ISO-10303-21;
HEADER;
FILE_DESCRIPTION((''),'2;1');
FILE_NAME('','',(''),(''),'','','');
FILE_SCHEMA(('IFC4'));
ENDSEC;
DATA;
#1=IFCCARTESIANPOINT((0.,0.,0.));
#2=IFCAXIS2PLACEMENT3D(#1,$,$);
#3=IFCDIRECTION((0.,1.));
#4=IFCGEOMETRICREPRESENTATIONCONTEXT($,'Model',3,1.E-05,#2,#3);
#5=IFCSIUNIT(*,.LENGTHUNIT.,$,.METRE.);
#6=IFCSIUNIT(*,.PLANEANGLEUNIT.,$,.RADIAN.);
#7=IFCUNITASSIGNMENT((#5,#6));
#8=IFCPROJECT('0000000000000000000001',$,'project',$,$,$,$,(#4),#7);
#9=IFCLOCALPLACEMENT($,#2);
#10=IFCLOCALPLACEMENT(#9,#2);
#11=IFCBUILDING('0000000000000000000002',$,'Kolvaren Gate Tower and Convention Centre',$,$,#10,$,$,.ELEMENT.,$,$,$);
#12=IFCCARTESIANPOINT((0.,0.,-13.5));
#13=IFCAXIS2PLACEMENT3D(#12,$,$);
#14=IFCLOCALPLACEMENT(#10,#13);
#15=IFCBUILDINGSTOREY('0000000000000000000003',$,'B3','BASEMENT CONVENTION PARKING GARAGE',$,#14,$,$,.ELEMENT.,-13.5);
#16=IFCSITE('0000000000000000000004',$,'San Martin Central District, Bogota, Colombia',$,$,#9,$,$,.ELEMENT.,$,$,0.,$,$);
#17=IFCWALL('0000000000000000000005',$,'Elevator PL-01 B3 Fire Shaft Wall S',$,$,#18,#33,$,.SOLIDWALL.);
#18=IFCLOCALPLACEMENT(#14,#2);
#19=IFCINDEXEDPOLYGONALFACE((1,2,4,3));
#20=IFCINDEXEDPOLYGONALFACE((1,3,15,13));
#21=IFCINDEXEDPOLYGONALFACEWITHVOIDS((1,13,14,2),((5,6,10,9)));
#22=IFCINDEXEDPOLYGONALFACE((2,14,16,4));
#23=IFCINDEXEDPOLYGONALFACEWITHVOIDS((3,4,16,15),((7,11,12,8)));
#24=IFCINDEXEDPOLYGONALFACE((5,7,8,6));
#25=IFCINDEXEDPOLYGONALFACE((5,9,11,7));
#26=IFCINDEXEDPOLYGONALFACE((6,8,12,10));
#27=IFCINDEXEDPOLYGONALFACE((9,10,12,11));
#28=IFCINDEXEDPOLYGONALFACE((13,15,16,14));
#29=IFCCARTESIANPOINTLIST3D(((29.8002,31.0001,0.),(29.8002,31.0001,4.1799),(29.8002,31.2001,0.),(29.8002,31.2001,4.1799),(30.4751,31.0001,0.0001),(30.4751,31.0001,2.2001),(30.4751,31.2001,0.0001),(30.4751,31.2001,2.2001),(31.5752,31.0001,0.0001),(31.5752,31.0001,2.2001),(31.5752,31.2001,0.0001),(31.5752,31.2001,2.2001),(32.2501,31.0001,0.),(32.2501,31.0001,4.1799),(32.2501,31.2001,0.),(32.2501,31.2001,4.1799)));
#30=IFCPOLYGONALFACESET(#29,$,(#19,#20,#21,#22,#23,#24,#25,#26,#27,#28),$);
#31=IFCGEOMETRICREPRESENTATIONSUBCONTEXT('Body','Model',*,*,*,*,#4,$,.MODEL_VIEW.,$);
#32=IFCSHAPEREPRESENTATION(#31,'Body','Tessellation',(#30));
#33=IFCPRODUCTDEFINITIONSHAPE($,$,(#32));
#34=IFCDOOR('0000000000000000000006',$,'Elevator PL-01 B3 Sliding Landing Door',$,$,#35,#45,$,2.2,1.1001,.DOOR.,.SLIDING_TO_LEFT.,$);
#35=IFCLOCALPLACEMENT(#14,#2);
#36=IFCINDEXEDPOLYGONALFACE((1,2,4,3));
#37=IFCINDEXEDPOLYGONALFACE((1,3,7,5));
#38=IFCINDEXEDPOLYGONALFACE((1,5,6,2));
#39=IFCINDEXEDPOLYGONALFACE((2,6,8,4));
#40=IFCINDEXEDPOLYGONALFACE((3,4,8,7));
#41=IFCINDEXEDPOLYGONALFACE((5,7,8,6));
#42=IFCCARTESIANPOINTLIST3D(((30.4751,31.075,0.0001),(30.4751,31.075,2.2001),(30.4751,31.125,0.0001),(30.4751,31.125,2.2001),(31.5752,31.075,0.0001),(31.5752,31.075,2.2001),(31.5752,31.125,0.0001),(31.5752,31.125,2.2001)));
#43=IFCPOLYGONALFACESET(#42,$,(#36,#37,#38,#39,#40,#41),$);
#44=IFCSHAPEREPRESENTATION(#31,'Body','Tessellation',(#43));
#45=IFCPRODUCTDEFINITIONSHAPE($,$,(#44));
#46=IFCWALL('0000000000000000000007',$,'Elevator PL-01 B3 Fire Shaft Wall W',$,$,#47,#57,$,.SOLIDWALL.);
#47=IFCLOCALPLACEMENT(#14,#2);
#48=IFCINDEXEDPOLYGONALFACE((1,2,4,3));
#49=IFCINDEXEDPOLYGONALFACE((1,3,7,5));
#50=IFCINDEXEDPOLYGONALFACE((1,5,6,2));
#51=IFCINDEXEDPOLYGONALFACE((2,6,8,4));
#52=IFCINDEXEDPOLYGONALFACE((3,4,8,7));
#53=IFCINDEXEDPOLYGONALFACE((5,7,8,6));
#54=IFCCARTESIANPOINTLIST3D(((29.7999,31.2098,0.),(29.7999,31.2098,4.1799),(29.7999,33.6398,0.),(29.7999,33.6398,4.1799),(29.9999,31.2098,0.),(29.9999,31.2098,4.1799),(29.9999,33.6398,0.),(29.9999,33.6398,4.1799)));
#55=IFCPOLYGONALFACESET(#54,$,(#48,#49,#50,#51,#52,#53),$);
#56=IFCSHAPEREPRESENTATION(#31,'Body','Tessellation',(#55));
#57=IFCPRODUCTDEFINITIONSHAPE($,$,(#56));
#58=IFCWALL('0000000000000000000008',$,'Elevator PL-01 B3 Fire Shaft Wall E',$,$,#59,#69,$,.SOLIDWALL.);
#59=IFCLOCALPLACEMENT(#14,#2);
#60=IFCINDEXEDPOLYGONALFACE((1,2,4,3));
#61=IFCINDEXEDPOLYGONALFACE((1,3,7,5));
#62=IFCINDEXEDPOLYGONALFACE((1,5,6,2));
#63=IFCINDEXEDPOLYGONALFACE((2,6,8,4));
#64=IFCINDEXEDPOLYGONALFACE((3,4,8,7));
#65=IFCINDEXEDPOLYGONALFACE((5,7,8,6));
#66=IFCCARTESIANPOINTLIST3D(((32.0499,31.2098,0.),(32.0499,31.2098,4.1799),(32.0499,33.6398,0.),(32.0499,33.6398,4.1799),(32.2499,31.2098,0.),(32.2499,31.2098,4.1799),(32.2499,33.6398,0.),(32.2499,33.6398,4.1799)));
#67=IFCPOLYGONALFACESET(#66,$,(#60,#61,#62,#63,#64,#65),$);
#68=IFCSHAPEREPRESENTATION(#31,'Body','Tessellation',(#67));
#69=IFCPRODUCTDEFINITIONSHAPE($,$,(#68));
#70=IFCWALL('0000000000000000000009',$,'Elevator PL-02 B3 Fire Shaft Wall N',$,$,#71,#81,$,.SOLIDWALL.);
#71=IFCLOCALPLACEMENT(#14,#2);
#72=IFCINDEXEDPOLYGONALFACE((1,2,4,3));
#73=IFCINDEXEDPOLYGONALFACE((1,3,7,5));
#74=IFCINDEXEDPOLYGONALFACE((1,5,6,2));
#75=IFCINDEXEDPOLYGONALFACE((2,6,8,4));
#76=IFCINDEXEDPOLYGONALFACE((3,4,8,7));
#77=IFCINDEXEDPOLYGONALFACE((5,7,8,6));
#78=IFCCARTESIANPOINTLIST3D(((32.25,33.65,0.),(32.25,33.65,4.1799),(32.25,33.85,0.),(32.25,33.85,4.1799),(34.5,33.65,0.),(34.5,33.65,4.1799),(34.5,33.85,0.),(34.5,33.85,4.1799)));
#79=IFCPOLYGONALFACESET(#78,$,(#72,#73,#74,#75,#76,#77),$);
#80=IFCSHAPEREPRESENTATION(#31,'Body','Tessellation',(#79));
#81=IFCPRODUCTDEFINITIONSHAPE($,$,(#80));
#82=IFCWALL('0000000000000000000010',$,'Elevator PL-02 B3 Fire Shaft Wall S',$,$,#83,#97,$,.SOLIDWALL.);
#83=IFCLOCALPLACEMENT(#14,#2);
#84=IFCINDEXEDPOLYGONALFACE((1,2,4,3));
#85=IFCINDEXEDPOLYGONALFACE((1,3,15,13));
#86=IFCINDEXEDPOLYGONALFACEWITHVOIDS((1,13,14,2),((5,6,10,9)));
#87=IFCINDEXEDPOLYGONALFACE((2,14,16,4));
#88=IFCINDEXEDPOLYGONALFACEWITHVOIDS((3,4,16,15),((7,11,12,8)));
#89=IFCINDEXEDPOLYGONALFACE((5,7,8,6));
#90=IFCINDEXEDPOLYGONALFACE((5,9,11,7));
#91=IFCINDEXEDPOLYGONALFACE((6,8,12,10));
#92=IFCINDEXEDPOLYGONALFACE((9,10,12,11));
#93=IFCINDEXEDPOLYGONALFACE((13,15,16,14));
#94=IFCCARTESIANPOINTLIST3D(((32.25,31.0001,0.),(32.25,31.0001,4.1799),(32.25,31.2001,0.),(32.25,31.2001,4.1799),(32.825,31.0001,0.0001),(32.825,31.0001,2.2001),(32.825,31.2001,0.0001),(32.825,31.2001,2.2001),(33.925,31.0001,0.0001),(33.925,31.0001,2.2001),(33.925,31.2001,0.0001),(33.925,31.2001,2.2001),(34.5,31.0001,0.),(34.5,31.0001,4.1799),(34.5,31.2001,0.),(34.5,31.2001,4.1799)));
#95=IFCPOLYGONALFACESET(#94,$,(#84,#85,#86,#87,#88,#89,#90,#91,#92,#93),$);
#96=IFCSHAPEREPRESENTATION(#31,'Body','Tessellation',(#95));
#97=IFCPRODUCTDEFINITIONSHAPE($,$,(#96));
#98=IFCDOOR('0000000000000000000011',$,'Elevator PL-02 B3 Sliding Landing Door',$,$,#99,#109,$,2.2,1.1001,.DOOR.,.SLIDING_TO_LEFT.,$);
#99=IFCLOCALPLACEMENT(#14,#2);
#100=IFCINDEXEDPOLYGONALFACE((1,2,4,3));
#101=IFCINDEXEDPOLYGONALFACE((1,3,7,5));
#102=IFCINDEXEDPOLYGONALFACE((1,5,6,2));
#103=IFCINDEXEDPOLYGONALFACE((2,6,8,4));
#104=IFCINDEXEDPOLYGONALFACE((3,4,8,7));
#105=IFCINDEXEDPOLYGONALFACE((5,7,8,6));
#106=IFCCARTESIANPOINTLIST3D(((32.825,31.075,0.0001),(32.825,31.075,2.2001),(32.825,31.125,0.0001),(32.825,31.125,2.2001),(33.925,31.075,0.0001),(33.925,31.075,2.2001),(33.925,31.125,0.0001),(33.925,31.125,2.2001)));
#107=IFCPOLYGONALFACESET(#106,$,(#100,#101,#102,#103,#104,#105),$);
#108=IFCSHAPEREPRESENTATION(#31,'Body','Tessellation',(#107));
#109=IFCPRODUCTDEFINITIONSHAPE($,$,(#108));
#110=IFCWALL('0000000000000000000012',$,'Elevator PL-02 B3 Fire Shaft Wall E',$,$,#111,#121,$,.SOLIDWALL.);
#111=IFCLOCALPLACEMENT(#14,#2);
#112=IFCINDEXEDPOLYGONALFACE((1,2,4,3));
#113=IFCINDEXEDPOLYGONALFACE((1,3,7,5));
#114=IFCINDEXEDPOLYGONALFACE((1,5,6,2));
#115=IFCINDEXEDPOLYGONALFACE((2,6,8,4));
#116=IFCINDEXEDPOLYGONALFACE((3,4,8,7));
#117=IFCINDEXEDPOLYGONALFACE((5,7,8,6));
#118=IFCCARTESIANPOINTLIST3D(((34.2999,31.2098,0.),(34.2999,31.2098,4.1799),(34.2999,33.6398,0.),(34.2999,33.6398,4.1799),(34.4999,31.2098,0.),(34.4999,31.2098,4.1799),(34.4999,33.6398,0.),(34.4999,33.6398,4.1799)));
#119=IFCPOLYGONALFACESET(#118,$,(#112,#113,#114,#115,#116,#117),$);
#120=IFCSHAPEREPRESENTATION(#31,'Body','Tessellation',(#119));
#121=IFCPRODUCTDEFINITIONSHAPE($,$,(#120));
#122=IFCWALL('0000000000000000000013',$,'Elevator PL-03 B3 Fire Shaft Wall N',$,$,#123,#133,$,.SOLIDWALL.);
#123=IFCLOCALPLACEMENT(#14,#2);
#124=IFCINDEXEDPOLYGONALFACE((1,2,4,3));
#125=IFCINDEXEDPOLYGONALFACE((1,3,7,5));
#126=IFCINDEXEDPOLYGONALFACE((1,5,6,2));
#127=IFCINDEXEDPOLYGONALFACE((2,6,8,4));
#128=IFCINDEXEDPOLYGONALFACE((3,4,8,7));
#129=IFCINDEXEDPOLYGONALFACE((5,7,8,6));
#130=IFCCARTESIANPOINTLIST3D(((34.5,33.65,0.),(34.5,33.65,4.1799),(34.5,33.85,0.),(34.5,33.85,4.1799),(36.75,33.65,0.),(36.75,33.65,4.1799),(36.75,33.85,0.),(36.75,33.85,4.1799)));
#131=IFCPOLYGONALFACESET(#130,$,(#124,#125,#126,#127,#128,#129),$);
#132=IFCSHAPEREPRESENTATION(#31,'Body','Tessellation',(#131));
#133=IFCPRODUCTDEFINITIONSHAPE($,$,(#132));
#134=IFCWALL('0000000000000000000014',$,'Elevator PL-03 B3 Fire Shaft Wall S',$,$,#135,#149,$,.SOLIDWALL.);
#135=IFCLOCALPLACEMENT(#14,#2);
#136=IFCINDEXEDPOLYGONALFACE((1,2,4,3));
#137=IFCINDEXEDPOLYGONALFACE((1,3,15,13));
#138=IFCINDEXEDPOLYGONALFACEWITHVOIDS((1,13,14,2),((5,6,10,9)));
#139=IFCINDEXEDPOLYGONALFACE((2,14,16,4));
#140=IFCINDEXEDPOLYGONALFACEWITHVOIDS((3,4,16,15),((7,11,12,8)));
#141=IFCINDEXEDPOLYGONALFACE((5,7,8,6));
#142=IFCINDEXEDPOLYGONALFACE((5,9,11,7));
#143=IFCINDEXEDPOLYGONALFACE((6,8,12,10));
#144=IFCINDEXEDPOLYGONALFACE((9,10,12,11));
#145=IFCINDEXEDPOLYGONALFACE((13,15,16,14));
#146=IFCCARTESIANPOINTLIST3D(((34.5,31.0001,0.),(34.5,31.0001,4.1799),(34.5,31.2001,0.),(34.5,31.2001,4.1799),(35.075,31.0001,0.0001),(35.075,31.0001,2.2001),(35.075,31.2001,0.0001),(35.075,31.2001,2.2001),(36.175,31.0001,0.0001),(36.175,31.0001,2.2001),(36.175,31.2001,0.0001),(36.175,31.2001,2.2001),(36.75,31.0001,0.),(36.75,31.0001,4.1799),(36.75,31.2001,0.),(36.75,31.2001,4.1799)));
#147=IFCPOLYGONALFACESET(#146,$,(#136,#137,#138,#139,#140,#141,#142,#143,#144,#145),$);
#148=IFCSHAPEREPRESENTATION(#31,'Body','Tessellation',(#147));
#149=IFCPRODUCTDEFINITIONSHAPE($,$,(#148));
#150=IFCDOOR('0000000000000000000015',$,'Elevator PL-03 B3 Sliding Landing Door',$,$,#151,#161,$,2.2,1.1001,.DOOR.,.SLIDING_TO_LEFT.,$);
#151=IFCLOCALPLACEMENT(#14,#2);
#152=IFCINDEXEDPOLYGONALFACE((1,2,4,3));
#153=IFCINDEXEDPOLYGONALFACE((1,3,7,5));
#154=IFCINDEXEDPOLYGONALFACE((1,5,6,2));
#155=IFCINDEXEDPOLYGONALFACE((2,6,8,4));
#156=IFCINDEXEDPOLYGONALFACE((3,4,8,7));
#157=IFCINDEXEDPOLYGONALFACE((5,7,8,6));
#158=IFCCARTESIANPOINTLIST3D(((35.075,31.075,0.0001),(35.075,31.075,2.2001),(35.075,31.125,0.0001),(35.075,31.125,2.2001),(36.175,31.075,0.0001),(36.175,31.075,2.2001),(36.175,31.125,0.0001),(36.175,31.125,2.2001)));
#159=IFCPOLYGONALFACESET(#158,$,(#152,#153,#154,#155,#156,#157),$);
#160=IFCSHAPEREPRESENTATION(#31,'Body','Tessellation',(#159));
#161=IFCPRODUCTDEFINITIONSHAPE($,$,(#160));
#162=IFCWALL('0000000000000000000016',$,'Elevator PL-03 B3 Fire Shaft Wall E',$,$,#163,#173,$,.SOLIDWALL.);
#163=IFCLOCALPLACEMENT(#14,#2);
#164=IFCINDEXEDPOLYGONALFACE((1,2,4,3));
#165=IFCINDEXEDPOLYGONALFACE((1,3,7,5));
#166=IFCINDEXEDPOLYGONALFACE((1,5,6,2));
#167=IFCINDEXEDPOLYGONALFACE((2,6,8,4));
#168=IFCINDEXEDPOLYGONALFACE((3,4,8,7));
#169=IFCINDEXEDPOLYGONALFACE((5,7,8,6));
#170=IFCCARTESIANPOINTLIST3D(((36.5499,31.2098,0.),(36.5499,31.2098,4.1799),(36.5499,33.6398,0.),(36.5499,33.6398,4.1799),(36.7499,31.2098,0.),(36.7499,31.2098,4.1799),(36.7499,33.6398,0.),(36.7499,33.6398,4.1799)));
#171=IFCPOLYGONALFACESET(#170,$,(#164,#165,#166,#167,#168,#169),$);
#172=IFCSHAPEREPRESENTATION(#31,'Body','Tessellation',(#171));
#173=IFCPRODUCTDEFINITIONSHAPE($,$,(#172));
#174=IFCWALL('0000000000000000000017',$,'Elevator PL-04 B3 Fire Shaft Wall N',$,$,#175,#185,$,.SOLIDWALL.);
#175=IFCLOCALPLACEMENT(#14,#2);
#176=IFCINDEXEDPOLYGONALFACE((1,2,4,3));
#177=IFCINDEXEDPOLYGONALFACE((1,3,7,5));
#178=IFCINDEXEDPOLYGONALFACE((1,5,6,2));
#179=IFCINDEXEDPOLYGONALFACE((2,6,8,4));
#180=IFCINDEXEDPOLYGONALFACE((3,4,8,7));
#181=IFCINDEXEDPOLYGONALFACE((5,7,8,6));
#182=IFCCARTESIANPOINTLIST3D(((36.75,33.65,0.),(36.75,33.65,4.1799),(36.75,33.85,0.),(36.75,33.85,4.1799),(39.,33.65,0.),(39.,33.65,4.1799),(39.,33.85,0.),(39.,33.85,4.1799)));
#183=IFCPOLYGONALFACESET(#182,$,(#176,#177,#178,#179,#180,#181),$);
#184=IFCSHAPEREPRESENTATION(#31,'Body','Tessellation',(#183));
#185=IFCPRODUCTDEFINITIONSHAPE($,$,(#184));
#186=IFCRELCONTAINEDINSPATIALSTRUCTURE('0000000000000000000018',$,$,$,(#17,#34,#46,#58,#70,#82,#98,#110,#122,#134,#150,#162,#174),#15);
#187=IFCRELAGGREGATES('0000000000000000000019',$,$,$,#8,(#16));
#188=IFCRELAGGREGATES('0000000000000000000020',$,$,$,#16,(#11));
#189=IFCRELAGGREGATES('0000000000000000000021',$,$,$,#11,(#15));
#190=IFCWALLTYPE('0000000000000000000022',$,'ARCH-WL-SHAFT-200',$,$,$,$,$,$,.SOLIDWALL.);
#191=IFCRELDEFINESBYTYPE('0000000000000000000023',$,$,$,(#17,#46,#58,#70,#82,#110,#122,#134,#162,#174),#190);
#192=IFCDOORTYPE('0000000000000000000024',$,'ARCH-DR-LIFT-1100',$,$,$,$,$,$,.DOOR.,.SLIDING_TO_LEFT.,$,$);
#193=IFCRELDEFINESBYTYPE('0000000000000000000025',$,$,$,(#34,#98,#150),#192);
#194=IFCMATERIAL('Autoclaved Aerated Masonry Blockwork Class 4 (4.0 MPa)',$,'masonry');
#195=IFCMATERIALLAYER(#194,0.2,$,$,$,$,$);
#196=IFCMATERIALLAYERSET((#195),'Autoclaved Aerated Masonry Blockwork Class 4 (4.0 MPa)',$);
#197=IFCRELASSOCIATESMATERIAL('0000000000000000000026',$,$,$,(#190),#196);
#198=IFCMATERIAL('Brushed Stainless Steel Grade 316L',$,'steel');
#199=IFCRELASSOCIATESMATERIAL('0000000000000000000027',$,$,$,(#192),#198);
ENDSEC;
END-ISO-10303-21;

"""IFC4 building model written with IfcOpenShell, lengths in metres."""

from ifc_helpers import new_model, si_unit, direction, frame, frame_2d, origin, place, context, subcontext, project, spatial, rectangle, extrude, material, layer, layer_set, type_object, element, fill, save


model = new_model("IFC4")

# Units and contexts
model_context = context("Model", 3, precision=1e-05, world=origin(), true_north=direction((0.0, 1.0)))
body_context = subcontext(model_context, "Body", "Model", "MODEL_VIEW")
ifc_project = project(units=[si_unit("LENGTHUNIT", "METRE"), si_unit("PLANEANGLEUNIT", "RADIAN")], contexts=[model_context])

# Site, building, storey
site_placement = place(None, origin())
site = spatial("IfcSite", under=ifc_project, at=site_placement, Name="San Martin Central District, Bogota, Colombia", CompositionType="ELEMENT", RefElevation=0.0)
building_placement = place(site_placement, origin())
building = spatial("IfcBuilding", under=site, at=building_placement, Name="Kolvaren Gate Tower and Convention Centre", CompositionType="ELEMENT")
storey_placement = place(building_placement, frame((0.0, 0.0, -13.5)))
storey = spatial("IfcBuildingStorey", under=building, at=storey_placement, Name="B3", Description="BASEMENT CONVENTION PARKING GARAGE", CompositionType="ELEMENT", Elevation=-13.5)

# Shared definitions
ifc_material_1 = material(Name="Autoclaved Aerated Masonry Blockwork Class 4 (4.0 MPa)", Category="masonry")

# Shared definitions
ifc_layer_1 = layer(ifc_material_1, 0.2)
ifc_layer_set_1 = layer_set([ifc_layer_1], Name="Autoclaved Aerated Masonry Blockwork Class 4 (4.0 MPa)")
wall_type_1 = type_object("IfcWallType", Name="ARCH-WL-SHAFT-200", PredefinedType="SOLIDWALL", material=ifc_layer_set_1)

# Wall, opening, door
wall_1_placement = place(storey_placement, frame((29.8, 31.1001, 0.0), z_axis=(0.0, 0.0, 1.0), x_axis=(1.0, 0.0, 0.0)))
wall_1 = element("IfcWall", 1, at=wall_1_placement, inside=storey, type_object=wall_type_1, Name="Elevator PL-01 B3 Fire Shaft Wall S", PredefinedType="SOLIDWALL", context=body_context, shape_type="SweptSolid", body=[
    extrude(rectangle(XDim=2.45, YDim=0.2, at=frame_2d((1.2251, 0.0))), origin(), (0.0, 0.0, 1.0), 4.1799),
])
opening_1_placement = place(wall_1_placement, frame((0.675, 0.0, 0.0)))
opening_1 = element("IfcOpeningElement", 2, at=opening_1_placement, cuts=wall_1, PredefinedType="OPENING", context=body_context, shape_type="SweptSolid", body=[
    extrude(rectangle(XDim=1.1001, YDim=2.2, at=frame_2d((0.55, 1.1001))), frame((0.0, 0.1099, 0.0), z_axis=(0.0, -1.0, 0.0), x_axis=(1.0, 0.0, 0.0)), (0.0, 0.0, 1.0), 0.22),
])
ifc_material_2 = material(Name="Brushed Stainless Steel Grade 316L", Category="steel")
door_type_1 = type_object("IfcDoorType", Name="ARCH-DR-LIFT-1100", OperationType="SLIDING_TO_LEFT", PredefinedType="DOOR", material=ifc_material_2)
door_1_placement = place(opening_1_placement, origin())
door_1 = element("IfcDoor", 3, at=door_1_placement, inside=storey, type_object=door_type_1, Name="Elevator PL-01 B3 Sliding Landing Door", OperationType="SLIDING_TO_LEFT", OverallHeight=2.2, OverallWidth=1.1001, PredefinedType="DOOR", context=body_context, shape_type="SweptSolid", body=[
    extrude(rectangle(XDim=1.1001, YDim=2.2, at=frame_2d((0.55, 1.1001))), frame((0.0, 0.0249, 0.0), z_axis=(0.0, -1.0, 0.0), x_axis=(1.0, 0.0, 0.0)), (0.0, 0.0, 1.0), 0.05),
])
fill(opening_1, door_1)

# Walls
for number, where, z_axis, x_axis, name in (
    (4, (29.8999, 31.21, 0.0), (0.0, 0.0, 1.0), (0.0, 1.0, 0.0), "Elevator PL-01 B3 Fire Shaft Wall W"),
    (5, (32.1499, 31.21, 0.0), (0.0, 0.0, 1.0), (0.0, 1.0, 0.0), "Elevator PL-01 B3 Fire Shaft Wall E"),
):
    element("IfcWall", number, at=place(storey_placement, frame(where, z_axis=z_axis, x_axis=x_axis)), inside=storey, type_object=wall_type_1, Name=name, PredefinedType="SOLIDWALL", context=body_context, shape_type="SweptSolid", body=[
        extrude(rectangle(XDim=2.4299, YDim=0.2, at=frame_2d((1.2148, 0.0))), origin(), (0.0, 0.0, 1.0), 4.1799),
    ])
wall_2_placement = place(storey_placement, frame((32.25, 33.75, 0.0), z_axis=(0.0, 0.0, 1.0), x_axis=(1.0, 0.0, 0.0)))
element("IfcWall", 6, at=wall_2_placement, inside=storey, type_object=wall_type_1, Name="Elevator PL-02 B3 Fire Shaft Wall N", PredefinedType="SOLIDWALL", context=body_context, shape_type="SweptSolid", body=[
    extrude(rectangle(XDim=2.25, YDim=0.2, at=frame_2d((1.125, 0.0))), origin(), (0.0, 0.0, 1.0), 4.1799),
])

# Wall, opening, door
wall_3_placement = place(storey_placement, frame((32.25, 31.1001, 0.0), z_axis=(0.0, 0.0, 1.0), x_axis=(1.0, 0.0, 0.0)))
wall_3 = element("IfcWall", 7, at=wall_3_placement, inside=storey, type_object=wall_type_1, Name="Elevator PL-02 B3 Fire Shaft Wall S", PredefinedType="SOLIDWALL", context=body_context, shape_type="SweptSolid", body=[
    extrude(rectangle(XDim=2.25, YDim=0.2, at=frame_2d((1.125, 0.0))), origin(), (0.0, 0.0, 1.0), 4.1799),
])
opening_2_placement = place(wall_3_placement, frame((0.575, 0.0, 0.0)))
opening_2 = element("IfcOpeningElement", 8, at=opening_2_placement, cuts=wall_3, PredefinedType="OPENING", context=body_context, shape_type="SweptSolid", body=[
    extrude(rectangle(XDim=1.1001, YDim=2.2, at=frame_2d((0.55, 1.1001))), frame((0.0, 0.1099, 0.0), z_axis=(0.0, -1.0, 0.0), x_axis=(1.0, 0.0, 0.0)), (0.0, 0.0, 1.0), 0.22),
])
door_2_placement = place(opening_2_placement, origin())
door_2 = element("IfcDoor", 9, at=door_2_placement, inside=storey, type_object=door_type_1, Name="Elevator PL-02 B3 Sliding Landing Door", OperationType="SLIDING_TO_LEFT", OverallHeight=2.2, OverallWidth=1.1001, PredefinedType="DOOR", context=body_context, shape_type="SweptSolid", body=[
    extrude(rectangle(XDim=1.1001, YDim=2.2, at=frame_2d((0.55, 1.1001))), frame((0.0, 0.0249, 0.0), z_axis=(0.0, -1.0, 0.0), x_axis=(1.0, 0.0, 0.0)), (0.0, 0.0, 1.0), 0.05),
])
fill(opening_2, door_2)

# Walls
wall_4_placement = place(storey_placement, frame((34.3999, 31.21, 0.0), z_axis=(0.0, 0.0, 1.0), x_axis=(0.0, 1.0, 0.0)))
element("IfcWall", 10, at=wall_4_placement, inside=storey, type_object=wall_type_1, Name="Elevator PL-02 B3 Fire Shaft Wall E", PredefinedType="SOLIDWALL", context=body_context, shape_type="SweptSolid", body=[
    extrude(rectangle(XDim=2.4299, YDim=0.2, at=frame_2d((1.2148, 0.0))), origin(), (0.0, 0.0, 1.0), 4.1799),
])
wall_5_placement = place(storey_placement, frame((34.5, 33.75, 0.0), z_axis=(0.0, 0.0, 1.0), x_axis=(1.0, 0.0, 0.0)))
element("IfcWall", 11, at=wall_5_placement, inside=storey, type_object=wall_type_1, Name="Elevator PL-03 B3 Fire Shaft Wall N", PredefinedType="SOLIDWALL", context=body_context, shape_type="SweptSolid", body=[
    extrude(rectangle(XDim=2.25, YDim=0.2, at=frame_2d((1.125, 0.0))), origin(), (0.0, 0.0, 1.0), 4.1799),
])

# Wall, opening, door
wall_6_placement = place(storey_placement, frame((34.5, 31.1001, 0.0), z_axis=(0.0, 0.0, 1.0), x_axis=(1.0, 0.0, 0.0)))
wall_6 = element("IfcWall", 12, at=wall_6_placement, inside=storey, type_object=wall_type_1, Name="Elevator PL-03 B3 Fire Shaft Wall S", PredefinedType="SOLIDWALL", context=body_context, shape_type="SweptSolid", body=[
    extrude(rectangle(XDim=2.25, YDim=0.2, at=frame_2d((1.125, 0.0))), origin(), (0.0, 0.0, 1.0), 4.1799),
])
opening_3_placement = place(wall_6_placement, frame((0.575, 0.0, 0.0)))
opening_3 = element("IfcOpeningElement", 13, at=opening_3_placement, cuts=wall_6, PredefinedType="OPENING", context=body_context, shape_type="SweptSolid", body=[
    extrude(rectangle(XDim=1.1001, YDim=2.2, at=frame_2d((0.55, 1.1001))), frame((0.0, 0.1099, 0.0), z_axis=(0.0, -1.0, 0.0), x_axis=(1.0, 0.0, 0.0)), (0.0, 0.0, 1.0), 0.22),
])
door_3_placement = place(opening_3_placement, origin())
door_3 = element("IfcDoor", 14, at=door_3_placement, inside=storey, type_object=door_type_1, Name="Elevator PL-03 B3 Sliding Landing Door", OperationType="SLIDING_TO_LEFT", OverallHeight=2.2, OverallWidth=1.1001, PredefinedType="DOOR", context=body_context, shape_type="SweptSolid", body=[
    extrude(rectangle(XDim=1.1001, YDim=2.2, at=frame_2d((0.55, 1.1001))), frame((0.0, 0.0249, 0.0), z_axis=(0.0, -1.0, 0.0), x_axis=(1.0, 0.0, 0.0)), (0.0, 0.0, 1.0), 0.05),
])
fill(opening_3, door_3)

# Walls
wall_7_placement = place(storey_placement, frame((36.6499, 31.21, 0.0), z_axis=(0.0, 0.0, 1.0), x_axis=(0.0, 1.0, 0.0)))
element("IfcWall", 15, at=wall_7_placement, inside=storey, type_object=wall_type_1, Name="Elevator PL-03 B3 Fire Shaft Wall E", PredefinedType="SOLIDWALL", context=body_context, shape_type="SweptSolid", body=[
    extrude(rectangle(XDim=2.4299, YDim=0.2, at=frame_2d((1.2148, 0.0))), origin(), (0.0, 0.0, 1.0), 4.1799),
])
wall_8_placement = place(storey_placement, frame((36.75, 33.75, 0.0), z_axis=(0.0, 0.0, 1.0), x_axis=(1.0, 0.0, 0.0)))
element("IfcWall", 16, at=wall_8_placement, inside=storey, type_object=wall_type_1, Name="Elevator PL-04 B3 Fire Shaft Wall N", PredefinedType="SOLIDWALL", context=body_context, shape_type="SweptSolid", body=[
    extrude(rectangle(XDim=2.25, YDim=0.2, at=frame_2d((1.125, 0.0))), origin(), (0.0, 0.0, 1.0), 4.1799),
])

save(model, "model.ifc")
